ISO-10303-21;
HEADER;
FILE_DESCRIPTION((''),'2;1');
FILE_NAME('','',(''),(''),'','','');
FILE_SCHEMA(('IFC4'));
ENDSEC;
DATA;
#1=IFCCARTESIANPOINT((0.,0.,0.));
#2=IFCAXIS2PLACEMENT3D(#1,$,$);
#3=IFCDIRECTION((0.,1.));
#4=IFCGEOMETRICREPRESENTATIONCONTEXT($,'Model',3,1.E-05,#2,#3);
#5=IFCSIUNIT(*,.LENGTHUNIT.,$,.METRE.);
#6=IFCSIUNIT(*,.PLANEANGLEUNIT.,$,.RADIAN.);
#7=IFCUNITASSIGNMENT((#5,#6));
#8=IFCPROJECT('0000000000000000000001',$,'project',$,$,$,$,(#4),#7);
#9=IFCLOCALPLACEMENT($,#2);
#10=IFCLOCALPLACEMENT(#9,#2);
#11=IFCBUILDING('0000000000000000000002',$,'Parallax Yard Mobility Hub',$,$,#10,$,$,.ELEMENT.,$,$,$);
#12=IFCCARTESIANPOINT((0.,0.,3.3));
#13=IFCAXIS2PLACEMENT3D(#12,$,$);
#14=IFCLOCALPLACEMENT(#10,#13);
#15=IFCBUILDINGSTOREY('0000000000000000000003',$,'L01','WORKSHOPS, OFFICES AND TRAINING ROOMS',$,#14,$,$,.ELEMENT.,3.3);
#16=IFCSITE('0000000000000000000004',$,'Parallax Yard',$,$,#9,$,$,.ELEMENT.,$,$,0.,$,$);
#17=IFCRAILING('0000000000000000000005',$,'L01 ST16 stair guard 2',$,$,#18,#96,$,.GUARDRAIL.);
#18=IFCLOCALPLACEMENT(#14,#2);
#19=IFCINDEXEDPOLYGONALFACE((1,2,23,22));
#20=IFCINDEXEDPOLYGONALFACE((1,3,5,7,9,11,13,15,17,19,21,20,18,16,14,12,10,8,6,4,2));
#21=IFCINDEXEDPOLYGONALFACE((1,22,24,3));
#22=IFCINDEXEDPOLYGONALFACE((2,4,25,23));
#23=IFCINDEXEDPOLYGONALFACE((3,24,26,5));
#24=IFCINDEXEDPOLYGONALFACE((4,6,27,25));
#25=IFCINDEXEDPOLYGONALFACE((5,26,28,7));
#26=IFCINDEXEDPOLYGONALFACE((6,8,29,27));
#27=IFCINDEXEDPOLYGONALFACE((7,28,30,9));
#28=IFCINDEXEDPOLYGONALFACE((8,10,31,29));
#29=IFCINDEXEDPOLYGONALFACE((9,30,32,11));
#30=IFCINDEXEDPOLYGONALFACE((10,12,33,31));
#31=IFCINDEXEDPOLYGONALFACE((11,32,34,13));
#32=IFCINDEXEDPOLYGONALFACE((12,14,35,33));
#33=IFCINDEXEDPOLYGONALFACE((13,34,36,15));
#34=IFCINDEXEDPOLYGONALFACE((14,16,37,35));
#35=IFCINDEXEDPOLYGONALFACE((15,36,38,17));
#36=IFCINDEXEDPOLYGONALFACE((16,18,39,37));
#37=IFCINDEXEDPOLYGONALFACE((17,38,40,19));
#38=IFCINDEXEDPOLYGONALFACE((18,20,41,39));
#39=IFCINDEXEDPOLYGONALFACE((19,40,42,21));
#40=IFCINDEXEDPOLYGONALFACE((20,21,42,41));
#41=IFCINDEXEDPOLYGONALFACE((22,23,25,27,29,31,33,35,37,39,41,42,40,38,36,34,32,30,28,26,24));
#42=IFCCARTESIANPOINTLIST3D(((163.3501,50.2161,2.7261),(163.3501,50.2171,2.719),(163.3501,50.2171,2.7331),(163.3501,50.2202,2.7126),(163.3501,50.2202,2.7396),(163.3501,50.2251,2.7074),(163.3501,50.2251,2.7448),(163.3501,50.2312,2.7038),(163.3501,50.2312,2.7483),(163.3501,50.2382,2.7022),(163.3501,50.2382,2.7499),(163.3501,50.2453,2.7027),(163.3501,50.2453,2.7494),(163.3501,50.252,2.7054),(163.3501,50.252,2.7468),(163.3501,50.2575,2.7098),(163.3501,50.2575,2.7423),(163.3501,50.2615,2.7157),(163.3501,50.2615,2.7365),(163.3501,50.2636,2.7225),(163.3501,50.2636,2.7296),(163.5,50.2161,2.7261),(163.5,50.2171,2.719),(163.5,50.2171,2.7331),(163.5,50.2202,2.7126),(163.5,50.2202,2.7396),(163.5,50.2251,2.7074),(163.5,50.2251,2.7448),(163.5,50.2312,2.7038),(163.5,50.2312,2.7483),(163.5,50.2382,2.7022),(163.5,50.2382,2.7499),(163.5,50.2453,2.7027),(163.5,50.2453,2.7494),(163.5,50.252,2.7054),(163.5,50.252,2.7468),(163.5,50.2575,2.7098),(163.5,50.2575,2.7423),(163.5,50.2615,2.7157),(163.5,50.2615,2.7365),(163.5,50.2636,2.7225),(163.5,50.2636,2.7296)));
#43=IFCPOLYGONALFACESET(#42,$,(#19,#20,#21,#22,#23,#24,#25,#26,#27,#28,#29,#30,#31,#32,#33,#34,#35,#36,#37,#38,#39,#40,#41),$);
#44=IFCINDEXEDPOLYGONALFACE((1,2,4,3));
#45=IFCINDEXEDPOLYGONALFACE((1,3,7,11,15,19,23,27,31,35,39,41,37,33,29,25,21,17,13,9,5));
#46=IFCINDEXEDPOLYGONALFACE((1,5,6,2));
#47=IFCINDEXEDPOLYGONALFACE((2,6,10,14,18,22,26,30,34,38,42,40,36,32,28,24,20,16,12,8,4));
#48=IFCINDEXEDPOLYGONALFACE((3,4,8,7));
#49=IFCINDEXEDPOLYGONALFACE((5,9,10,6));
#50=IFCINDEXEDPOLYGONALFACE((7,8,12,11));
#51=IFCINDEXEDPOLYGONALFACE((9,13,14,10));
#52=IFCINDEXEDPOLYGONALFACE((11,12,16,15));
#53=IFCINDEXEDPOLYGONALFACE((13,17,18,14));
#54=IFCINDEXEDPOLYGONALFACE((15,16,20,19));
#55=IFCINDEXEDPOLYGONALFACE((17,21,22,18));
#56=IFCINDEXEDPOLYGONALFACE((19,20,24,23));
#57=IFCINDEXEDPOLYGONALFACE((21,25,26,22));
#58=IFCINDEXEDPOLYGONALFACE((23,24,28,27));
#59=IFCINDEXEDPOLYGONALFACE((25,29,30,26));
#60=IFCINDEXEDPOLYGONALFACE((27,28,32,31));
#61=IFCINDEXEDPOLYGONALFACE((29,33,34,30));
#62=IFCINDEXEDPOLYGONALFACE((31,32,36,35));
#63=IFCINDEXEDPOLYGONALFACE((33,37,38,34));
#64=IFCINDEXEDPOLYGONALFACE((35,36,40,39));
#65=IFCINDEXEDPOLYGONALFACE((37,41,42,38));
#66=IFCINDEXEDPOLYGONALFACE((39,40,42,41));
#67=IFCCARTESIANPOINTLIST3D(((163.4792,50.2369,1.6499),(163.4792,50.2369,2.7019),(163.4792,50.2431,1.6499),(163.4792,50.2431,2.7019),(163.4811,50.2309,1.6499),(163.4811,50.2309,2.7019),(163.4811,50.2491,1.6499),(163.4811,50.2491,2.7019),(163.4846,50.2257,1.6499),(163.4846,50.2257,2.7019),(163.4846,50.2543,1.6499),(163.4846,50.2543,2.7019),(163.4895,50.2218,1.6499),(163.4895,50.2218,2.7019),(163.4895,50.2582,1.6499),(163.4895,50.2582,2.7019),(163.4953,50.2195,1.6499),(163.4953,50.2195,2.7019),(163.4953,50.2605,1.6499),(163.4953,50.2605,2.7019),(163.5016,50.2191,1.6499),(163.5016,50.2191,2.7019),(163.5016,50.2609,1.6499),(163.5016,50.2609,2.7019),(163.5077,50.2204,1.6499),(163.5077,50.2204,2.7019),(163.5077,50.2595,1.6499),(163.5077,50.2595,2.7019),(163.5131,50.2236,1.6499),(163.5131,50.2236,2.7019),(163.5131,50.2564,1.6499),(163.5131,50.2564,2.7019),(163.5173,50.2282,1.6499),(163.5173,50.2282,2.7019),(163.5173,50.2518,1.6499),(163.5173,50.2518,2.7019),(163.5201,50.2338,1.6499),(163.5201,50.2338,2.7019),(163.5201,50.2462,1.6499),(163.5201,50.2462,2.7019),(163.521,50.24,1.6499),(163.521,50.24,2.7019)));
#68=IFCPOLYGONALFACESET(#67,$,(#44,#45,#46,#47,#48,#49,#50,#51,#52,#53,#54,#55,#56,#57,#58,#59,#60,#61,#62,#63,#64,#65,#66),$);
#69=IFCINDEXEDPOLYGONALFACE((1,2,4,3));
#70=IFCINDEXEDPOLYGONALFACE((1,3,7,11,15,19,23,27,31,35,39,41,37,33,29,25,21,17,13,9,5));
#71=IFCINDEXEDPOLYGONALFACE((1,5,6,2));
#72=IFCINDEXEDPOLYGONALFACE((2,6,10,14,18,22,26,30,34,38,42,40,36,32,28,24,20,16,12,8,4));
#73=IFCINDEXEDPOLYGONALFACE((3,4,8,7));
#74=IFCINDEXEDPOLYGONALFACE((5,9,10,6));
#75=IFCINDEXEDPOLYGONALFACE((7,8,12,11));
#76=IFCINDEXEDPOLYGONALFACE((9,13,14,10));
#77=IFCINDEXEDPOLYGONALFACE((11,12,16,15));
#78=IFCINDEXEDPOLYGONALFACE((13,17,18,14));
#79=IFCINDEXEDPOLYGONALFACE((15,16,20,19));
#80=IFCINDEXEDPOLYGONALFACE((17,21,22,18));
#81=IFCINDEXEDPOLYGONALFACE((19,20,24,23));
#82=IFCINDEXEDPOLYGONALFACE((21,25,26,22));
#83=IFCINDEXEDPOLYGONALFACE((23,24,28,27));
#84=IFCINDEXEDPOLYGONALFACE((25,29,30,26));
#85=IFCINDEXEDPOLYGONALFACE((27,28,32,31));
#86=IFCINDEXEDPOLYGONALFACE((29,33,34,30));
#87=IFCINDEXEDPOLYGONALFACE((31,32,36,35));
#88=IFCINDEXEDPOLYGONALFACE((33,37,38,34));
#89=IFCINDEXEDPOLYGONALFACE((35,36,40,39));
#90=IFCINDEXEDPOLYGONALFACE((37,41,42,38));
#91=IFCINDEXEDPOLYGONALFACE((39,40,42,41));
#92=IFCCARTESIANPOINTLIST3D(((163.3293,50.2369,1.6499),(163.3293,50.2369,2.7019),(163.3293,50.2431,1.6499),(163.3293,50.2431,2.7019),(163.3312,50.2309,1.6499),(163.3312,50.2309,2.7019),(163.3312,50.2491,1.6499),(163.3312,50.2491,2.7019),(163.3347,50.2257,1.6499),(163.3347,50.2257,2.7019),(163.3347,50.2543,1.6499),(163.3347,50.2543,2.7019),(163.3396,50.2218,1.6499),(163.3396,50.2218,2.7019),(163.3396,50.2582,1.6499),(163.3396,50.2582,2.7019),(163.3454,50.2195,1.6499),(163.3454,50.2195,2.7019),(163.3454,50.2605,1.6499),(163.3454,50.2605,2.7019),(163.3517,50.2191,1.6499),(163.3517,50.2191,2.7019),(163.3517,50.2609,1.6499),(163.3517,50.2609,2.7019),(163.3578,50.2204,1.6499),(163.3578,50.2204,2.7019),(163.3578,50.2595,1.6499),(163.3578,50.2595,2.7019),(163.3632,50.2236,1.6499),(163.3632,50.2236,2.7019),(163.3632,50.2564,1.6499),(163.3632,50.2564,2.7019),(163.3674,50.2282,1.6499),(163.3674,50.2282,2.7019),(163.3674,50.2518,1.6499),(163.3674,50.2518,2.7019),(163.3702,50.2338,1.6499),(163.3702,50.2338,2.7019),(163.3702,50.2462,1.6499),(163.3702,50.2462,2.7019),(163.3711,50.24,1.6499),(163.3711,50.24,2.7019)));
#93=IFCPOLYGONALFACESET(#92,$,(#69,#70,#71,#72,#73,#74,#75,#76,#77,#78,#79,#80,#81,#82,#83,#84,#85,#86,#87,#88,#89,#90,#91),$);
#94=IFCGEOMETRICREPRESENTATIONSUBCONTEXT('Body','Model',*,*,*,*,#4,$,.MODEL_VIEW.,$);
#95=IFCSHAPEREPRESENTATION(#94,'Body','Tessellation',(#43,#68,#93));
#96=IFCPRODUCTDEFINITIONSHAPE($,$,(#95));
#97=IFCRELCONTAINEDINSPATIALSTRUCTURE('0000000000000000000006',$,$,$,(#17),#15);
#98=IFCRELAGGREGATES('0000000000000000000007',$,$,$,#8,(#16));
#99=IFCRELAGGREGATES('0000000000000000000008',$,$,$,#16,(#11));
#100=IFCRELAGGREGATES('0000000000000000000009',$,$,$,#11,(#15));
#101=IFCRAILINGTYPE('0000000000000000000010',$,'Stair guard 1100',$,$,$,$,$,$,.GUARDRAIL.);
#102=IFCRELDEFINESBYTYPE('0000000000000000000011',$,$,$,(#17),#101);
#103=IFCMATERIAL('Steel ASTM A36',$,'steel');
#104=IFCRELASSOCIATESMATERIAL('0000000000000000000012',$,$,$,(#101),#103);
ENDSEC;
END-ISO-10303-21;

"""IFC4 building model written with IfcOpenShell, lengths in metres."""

from ifc_helpers import new_model, si_unit, direction, frame, origin, origin_2d, place, context, subcontext, project, spatial, circle, extrude, material, type_object, element, save


model = new_model("IFC4")

# Units and contexts
model_context = context("Model", 3, precision=1e-05, world=origin(), true_north=direction((0.0, 1.0)))
body_context = subcontext(model_context, "Body", "Model", "MODEL_VIEW")
ifc_project = project(units=[si_unit("LENGTHUNIT", "METRE"), si_unit("PLANEANGLEUNIT", "RADIAN")], contexts=[model_context])

# Site, building, storey
site_placement = place(None, origin())
site = spatial("IfcSite", under=ifc_project, at=site_placement, Name="Parallax Yard", CompositionType="ELEMENT", RefElevation=0.0)
building_placement = place(site_placement, origin())
building = spatial("IfcBuilding", under=site, at=building_placement, Name="Parallax Yard Mobility Hub", CompositionType="ELEMENT")
storey_placement = place(building_placement, frame((0.0, 0.0, 3.3)))
storey = spatial("IfcBuildingStorey", under=building, at=storey_placement, Name="L01", Description="WORKSHOPS, OFFICES AND TRAINING ROOMS", CompositionType="ELEMENT", Elevation=3.3)

# Railing
ifc_material_1 = material(Name="Steel ASTM A36", Category="steel")
railing_type_1 = type_object("IfcRailingType", Name="Stair guard 1100", PredefinedType="GUARDRAIL", material=ifc_material_1)
railing_1_placement = place(storey_placement, frame((163.5, 50.24, 1.6499)))
element("IfcRailing", 1, at=railing_1_placement, inside=storey, type_object=railing_type_1, Name="L01 ST16 stair guard 2", PredefinedType="GUARDRAIL", context=body_context, shape_type="SweptSolid", body=[
    extrude(circle(Radius=0.0239, at=origin_2d()), frame((0.0, 0.0, 1.0762), z_axis=(-1.0, 0.0, 0.0), x_axis=(0.0, -1.0, 0.0)), (0.0, 0.0, 1.0), 0.1499),
    extrude(circle(Radius=0.021, at=origin_2d()), origin(), (0.0, 0.0, 1.0), 1.052),
    extrude(circle(Radius=0.021, at=origin_2d()), frame((-0.1499, 0.0, 0.0)), (0.0, 0.0, 1.0), 1.052),
])

save(model, "model.ifc")
